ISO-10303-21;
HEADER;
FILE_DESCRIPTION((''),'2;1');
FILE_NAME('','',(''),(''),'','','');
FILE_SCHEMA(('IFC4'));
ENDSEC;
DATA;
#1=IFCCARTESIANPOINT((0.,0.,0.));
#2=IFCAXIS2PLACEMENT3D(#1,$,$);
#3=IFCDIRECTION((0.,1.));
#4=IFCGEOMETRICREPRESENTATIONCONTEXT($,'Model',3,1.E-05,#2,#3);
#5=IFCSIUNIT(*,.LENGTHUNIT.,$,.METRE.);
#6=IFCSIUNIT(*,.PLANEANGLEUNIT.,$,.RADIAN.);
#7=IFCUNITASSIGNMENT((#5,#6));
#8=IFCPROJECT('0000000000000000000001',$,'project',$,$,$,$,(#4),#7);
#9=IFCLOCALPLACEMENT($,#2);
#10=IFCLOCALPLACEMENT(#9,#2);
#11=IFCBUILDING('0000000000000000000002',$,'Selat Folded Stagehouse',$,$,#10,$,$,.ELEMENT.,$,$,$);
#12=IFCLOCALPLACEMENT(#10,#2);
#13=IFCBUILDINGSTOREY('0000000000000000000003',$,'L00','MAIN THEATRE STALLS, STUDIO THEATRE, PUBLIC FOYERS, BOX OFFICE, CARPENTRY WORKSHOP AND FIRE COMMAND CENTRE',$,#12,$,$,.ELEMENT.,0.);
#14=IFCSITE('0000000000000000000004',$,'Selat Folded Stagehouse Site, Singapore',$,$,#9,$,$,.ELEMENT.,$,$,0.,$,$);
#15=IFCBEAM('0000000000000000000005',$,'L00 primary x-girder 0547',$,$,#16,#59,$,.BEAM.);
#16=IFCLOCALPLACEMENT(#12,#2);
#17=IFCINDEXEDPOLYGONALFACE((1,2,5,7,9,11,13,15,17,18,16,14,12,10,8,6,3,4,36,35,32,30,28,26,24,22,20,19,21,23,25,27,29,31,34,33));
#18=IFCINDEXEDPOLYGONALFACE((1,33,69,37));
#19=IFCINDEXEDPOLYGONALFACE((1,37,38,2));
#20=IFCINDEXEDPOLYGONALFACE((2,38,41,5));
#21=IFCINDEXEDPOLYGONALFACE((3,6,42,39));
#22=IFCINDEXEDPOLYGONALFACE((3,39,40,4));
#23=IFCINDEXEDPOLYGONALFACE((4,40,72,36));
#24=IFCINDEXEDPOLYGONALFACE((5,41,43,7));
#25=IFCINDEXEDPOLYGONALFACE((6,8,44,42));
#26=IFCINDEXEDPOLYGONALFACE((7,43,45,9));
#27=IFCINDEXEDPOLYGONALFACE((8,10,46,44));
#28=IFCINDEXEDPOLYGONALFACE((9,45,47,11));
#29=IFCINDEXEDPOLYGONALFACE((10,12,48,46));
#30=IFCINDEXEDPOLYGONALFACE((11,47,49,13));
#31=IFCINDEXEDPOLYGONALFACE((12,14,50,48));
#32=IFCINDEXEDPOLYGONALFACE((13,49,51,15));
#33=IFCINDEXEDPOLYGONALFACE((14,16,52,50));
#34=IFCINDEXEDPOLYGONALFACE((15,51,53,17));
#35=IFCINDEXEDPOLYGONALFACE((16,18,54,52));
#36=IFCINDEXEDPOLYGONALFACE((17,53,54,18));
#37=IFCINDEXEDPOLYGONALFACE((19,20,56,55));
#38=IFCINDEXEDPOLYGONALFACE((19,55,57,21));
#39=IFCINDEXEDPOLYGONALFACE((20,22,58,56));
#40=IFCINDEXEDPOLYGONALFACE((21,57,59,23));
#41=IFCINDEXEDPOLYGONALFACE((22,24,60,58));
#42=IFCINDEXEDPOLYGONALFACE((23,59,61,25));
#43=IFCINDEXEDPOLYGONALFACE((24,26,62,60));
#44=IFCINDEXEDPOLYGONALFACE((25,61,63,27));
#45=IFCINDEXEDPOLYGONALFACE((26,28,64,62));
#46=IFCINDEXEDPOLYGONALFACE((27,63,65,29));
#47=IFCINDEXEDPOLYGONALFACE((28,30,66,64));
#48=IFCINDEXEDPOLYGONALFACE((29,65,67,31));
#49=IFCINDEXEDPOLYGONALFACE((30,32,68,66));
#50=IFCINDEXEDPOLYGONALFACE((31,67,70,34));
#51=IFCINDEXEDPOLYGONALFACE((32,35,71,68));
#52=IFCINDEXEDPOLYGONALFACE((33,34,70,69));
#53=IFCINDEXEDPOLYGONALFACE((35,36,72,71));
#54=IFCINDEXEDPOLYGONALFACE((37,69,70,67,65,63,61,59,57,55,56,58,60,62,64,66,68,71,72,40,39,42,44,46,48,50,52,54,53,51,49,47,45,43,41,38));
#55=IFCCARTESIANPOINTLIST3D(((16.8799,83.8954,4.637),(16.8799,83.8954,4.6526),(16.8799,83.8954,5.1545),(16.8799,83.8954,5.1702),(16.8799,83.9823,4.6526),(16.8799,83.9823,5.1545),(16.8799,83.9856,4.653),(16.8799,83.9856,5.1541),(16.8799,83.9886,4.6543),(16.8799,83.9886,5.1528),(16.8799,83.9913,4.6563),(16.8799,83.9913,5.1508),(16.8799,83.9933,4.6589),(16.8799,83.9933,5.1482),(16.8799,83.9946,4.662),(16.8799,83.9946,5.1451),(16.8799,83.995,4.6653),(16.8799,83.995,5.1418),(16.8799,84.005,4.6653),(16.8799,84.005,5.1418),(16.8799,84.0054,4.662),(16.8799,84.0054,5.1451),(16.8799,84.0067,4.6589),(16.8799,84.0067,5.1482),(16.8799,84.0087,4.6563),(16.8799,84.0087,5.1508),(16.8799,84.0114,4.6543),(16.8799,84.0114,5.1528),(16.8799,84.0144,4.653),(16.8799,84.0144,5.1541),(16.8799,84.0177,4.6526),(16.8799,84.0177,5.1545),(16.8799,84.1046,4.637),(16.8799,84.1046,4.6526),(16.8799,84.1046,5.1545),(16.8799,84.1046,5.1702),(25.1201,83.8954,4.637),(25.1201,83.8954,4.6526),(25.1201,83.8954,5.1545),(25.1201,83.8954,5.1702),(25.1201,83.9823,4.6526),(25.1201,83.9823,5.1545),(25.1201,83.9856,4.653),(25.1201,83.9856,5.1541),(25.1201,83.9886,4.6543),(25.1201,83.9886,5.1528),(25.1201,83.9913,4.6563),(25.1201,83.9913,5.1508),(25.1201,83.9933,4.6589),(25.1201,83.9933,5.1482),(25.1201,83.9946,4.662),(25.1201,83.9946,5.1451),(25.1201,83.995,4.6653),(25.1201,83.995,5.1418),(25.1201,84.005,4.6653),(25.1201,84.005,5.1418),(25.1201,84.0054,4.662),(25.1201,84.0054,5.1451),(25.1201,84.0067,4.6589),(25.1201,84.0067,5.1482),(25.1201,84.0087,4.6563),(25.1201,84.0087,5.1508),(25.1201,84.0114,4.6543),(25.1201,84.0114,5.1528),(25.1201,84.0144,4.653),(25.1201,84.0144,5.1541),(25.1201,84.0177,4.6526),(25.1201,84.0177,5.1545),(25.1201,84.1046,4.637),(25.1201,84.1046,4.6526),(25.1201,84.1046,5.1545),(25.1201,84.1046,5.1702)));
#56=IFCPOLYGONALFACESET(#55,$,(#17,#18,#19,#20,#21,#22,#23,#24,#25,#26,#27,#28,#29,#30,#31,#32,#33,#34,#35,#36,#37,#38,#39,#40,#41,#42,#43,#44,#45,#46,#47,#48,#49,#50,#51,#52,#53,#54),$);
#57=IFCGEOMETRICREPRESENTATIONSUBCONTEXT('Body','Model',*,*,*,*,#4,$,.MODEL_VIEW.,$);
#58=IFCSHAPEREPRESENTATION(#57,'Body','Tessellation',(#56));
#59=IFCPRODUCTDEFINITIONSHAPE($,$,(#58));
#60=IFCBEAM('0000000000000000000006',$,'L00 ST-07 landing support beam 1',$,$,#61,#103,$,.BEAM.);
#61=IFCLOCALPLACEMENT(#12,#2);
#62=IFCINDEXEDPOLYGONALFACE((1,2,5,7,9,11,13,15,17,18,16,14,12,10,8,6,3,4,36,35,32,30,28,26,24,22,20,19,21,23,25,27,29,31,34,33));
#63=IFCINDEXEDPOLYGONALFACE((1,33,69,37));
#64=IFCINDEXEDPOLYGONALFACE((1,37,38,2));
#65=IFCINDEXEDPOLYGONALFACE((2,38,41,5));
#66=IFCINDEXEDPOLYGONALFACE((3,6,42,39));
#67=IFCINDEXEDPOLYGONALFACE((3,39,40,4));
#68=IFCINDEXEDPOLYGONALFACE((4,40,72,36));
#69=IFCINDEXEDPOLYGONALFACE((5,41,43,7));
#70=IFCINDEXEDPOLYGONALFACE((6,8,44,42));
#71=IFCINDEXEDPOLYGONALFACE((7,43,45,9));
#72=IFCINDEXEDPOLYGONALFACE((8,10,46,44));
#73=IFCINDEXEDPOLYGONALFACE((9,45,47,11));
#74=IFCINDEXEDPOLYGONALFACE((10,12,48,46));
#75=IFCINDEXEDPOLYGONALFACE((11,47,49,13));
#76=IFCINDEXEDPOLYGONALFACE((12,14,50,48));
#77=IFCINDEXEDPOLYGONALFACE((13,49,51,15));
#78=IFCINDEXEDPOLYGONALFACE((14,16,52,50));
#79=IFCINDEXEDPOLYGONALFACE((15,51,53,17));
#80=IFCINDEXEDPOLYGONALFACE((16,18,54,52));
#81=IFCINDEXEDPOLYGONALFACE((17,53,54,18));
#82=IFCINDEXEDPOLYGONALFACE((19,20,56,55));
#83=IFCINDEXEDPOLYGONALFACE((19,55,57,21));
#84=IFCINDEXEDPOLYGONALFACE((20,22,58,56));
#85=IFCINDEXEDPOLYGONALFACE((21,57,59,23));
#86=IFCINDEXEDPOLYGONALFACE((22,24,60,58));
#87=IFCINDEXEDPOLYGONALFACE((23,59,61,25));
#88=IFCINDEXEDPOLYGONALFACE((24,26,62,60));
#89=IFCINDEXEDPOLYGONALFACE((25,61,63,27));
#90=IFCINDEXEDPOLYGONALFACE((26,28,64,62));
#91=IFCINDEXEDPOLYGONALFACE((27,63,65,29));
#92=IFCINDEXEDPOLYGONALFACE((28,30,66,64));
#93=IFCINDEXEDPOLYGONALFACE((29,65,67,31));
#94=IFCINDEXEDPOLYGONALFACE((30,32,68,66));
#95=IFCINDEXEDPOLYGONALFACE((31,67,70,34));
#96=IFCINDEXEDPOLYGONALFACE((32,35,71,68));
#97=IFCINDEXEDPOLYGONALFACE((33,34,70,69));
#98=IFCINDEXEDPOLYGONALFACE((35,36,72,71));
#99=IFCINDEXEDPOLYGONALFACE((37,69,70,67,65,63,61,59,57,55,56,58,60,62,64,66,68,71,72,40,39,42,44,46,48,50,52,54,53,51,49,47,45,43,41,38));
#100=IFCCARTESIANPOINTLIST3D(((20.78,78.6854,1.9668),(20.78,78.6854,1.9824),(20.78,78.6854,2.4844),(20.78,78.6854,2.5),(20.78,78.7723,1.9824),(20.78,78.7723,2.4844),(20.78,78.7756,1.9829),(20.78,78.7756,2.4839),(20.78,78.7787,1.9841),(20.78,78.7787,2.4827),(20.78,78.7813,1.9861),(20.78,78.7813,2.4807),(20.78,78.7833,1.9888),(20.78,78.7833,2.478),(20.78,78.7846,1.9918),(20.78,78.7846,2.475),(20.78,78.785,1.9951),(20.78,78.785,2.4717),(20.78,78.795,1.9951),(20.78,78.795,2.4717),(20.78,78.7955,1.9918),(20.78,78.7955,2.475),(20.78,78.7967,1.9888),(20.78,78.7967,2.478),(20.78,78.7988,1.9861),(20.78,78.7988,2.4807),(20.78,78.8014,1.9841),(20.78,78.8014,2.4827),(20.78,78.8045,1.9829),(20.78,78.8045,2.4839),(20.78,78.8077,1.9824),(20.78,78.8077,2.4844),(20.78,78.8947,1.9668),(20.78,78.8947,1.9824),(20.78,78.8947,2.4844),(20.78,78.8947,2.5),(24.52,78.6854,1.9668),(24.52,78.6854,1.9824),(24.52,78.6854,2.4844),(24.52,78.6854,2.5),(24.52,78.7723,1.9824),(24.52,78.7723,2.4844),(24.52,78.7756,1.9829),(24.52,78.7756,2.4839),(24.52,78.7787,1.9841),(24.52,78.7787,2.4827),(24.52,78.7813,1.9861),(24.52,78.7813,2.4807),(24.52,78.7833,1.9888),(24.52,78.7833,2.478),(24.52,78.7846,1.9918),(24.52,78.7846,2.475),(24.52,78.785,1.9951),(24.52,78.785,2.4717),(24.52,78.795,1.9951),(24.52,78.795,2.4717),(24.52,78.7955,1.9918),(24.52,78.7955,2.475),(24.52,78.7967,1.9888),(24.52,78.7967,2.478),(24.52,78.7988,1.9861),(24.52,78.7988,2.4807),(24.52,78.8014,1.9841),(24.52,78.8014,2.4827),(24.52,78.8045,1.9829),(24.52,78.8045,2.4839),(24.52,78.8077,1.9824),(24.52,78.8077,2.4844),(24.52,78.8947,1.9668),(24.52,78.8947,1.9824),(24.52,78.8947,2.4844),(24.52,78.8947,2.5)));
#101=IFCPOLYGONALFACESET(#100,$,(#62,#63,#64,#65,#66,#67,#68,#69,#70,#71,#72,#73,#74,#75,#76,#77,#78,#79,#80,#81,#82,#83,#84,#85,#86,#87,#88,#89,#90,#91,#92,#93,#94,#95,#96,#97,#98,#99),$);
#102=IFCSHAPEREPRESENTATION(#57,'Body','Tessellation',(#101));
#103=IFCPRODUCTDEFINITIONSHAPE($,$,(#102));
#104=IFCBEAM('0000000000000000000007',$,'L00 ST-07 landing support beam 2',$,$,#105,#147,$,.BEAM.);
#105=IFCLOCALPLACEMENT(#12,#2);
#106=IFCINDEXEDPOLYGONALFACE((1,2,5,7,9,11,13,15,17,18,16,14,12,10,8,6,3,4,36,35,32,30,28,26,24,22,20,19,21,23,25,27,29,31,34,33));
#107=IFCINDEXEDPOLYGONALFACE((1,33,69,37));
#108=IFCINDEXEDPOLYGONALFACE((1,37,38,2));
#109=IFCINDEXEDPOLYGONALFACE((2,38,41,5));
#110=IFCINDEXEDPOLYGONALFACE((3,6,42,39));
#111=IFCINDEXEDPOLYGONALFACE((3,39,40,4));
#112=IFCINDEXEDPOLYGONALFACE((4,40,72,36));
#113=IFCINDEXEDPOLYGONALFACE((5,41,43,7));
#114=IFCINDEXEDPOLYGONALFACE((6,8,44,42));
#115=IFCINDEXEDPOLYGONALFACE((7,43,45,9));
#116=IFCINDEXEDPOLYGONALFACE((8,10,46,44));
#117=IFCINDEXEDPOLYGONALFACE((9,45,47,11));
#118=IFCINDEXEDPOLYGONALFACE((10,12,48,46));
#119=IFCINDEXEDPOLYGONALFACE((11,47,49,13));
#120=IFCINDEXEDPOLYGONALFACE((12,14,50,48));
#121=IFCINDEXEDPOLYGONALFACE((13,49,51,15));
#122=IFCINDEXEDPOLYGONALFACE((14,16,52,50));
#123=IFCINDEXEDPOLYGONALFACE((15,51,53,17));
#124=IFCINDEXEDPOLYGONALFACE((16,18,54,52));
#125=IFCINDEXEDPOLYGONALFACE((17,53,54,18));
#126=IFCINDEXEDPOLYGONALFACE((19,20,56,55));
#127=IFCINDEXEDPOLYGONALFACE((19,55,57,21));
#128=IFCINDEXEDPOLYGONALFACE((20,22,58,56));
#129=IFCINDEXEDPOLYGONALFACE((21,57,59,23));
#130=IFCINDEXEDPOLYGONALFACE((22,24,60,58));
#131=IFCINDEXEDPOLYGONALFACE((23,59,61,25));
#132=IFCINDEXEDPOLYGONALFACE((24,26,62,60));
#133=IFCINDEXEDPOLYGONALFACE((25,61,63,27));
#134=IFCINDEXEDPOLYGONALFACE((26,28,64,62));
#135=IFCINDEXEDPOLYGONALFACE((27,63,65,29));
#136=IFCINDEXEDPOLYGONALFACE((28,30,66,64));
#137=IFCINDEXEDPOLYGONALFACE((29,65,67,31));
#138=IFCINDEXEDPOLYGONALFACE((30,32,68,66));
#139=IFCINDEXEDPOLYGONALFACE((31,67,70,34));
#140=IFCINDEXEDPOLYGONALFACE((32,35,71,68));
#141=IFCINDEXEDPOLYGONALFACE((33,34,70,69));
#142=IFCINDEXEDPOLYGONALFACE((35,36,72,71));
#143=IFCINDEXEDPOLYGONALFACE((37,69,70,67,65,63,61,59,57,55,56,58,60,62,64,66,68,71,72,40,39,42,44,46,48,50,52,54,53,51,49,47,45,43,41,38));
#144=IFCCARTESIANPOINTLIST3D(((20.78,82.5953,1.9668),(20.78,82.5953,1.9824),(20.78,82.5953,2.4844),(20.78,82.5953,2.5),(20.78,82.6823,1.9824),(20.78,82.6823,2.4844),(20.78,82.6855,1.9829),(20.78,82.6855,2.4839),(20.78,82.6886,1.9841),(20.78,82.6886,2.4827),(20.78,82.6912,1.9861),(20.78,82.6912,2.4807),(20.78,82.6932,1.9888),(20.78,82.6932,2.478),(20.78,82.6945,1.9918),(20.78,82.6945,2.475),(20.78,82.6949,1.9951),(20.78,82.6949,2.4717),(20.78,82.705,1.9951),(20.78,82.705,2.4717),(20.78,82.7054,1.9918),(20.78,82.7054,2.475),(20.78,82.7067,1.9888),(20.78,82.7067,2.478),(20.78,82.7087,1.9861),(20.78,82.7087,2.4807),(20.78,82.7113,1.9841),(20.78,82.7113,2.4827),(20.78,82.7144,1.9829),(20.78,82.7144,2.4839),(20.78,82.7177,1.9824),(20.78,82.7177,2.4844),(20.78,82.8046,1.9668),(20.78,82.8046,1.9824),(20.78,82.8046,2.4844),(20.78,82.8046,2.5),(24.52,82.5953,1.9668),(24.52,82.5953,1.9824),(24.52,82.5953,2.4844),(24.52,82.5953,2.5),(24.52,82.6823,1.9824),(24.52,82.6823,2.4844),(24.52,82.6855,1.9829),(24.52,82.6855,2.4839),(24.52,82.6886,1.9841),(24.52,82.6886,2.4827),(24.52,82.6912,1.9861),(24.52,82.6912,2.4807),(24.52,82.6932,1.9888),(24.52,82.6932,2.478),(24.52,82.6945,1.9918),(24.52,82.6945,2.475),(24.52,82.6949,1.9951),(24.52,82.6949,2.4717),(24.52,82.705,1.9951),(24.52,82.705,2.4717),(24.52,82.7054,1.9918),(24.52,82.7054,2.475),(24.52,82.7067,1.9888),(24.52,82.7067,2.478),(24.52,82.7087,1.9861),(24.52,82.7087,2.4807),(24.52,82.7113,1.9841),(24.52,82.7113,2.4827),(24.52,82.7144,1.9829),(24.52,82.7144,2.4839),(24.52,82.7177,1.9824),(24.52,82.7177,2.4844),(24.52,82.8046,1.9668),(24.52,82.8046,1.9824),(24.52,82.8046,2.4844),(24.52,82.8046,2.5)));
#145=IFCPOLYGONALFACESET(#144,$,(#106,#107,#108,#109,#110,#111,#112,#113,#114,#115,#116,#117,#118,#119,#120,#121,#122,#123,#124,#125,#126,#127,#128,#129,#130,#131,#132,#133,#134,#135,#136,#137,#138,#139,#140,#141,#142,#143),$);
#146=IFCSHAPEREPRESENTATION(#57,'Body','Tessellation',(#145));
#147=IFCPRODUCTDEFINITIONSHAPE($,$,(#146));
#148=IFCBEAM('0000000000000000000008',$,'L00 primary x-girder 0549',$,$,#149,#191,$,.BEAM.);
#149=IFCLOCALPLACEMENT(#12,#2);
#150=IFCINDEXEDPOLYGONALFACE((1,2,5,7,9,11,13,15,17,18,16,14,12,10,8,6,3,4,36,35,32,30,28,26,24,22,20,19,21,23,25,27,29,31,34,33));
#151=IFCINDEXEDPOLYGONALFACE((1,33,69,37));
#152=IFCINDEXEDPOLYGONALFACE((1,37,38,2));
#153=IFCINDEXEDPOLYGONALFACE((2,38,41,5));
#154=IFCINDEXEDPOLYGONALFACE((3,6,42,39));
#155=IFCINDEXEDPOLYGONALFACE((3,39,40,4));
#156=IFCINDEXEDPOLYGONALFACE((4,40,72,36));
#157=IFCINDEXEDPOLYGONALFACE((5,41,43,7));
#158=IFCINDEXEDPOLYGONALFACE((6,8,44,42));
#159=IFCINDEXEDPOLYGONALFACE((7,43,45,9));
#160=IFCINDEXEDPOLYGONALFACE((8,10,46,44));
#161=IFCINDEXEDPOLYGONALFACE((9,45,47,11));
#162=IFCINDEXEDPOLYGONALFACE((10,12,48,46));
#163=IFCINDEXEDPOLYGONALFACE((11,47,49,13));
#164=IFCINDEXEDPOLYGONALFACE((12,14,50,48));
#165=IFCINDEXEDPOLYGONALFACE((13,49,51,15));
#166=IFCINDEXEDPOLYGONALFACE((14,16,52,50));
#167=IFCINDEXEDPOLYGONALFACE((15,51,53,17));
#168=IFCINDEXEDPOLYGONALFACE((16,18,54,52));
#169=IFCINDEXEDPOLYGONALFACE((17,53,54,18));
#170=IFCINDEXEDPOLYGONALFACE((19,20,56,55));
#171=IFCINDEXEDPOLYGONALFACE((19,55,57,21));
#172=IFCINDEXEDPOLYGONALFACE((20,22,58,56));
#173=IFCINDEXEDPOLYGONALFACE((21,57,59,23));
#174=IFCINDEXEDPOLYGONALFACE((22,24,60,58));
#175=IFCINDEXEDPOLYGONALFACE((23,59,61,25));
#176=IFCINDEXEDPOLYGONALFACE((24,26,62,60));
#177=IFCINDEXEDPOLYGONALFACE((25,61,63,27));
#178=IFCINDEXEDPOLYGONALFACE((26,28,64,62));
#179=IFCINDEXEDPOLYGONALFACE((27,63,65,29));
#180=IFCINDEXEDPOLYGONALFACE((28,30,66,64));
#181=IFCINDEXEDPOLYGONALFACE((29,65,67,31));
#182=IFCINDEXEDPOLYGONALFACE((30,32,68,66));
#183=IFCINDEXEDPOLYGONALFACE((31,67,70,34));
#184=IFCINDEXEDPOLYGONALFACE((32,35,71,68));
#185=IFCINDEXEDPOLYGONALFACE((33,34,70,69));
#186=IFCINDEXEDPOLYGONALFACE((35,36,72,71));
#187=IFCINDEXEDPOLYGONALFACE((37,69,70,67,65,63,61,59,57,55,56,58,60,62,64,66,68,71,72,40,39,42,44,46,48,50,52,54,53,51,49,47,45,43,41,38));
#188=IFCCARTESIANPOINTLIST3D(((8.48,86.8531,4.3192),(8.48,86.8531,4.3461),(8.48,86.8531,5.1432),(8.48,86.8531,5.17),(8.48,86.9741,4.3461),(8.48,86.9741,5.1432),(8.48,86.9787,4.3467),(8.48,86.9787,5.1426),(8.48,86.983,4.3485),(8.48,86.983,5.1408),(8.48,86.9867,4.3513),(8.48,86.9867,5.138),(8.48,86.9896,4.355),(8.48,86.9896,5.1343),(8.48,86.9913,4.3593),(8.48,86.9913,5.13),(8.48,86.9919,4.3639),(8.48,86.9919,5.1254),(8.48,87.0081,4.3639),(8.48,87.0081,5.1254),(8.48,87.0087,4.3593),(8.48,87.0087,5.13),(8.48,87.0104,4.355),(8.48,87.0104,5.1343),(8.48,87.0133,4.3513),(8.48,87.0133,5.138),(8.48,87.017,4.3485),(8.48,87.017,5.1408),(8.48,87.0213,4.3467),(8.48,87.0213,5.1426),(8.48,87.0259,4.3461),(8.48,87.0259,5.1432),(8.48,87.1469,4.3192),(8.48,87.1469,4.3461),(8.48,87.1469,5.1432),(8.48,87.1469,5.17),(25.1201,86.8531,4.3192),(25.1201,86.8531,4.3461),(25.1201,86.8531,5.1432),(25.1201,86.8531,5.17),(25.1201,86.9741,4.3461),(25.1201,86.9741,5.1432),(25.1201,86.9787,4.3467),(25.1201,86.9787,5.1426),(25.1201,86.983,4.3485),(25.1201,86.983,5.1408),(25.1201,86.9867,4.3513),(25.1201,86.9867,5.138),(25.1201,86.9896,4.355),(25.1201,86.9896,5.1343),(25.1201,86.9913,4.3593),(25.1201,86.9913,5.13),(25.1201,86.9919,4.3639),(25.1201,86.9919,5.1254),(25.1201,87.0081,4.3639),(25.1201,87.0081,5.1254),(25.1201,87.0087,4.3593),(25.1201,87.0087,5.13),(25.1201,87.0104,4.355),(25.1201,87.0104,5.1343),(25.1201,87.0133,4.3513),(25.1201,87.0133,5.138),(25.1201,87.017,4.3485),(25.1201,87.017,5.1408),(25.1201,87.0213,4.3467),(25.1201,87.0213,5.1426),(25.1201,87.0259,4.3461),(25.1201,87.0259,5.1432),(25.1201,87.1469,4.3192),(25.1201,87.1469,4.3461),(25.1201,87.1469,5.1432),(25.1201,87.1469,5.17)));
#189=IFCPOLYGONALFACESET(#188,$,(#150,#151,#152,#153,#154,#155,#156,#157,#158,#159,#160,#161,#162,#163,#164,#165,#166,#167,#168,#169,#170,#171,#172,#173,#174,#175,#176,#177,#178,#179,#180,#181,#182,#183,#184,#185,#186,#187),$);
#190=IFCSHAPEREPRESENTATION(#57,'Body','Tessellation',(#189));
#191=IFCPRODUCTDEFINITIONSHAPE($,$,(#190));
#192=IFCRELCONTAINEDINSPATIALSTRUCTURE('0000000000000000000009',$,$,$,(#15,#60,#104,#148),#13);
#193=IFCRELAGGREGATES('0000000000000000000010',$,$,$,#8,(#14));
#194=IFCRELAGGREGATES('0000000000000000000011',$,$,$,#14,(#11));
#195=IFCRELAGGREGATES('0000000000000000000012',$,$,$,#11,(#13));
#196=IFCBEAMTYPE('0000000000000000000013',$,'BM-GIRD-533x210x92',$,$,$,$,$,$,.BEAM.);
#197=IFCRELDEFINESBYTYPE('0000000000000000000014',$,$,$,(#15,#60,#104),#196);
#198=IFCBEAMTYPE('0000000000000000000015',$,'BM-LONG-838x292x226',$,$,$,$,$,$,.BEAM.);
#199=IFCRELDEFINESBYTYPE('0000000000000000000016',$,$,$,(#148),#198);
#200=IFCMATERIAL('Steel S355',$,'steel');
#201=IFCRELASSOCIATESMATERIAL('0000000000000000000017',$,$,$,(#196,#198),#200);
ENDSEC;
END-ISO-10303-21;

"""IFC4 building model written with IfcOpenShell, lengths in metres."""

from ifc_helpers import new_model, si_unit, direction, frame, origin, origin_2d, place, context, subcontext, project, spatial, i_section, extrude, material, material_profile, profile_set, type_object, element, save


model = new_model("IFC4")

# Units and contexts
model_context = context("Model", 3, precision=1e-05, world=origin(), true_north=direction((0.0, 1.0)))
body_context = subcontext(model_context, "Body", "Model", "MODEL_VIEW")
ifc_project = project(units=[si_unit("LENGTHUNIT", "METRE"), si_unit("PLANEANGLEUNIT", "RADIAN")], contexts=[model_context])

# Site, building, storey
site_placement = place(None, origin())
site = spatial("IfcSite", under=ifc_project, at=site_placement, Name="Selat Folded Stagehouse Site, Singapore", CompositionType="ELEMENT", RefElevation=0.0)
building_placement = place(site_placement, origin())
building = spatial("IfcBuilding", under=site, at=building_placement, Name="Selat Folded Stagehouse", CompositionType="ELEMENT")
storey_placement = place(building_placement, origin())
storey = spatial("IfcBuildingStorey", under=building, at=storey_placement, Name="L00", Description="MAIN THEATRE STALLS, STUDIO THEATRE, PUBLIC FOYERS, BOX OFFICE, CARPENTRY WORKSHOP AND FIRE COMMAND CENTRE", CompositionType="ELEMENT", Elevation=0.0)

# Shared definitions
ifc_material_1 = material(Name="Steel S355", Category="steel")

# Beams
ifc_material_profile_1 = material_profile(ifc_material_1, i_section(OverallWidth=0.2092, OverallDepth=0.5332, WebThickness=0.01, FlangeThickness=0.0156, FilletRadius=0.0127, at=origin_2d()), Name="UKB 533x210x92")
ifc_profile_set_1 = profile_set([ifc_material_profile_1], Name="Steel S355")
beam_type_1 = type_object("IfcBeamType", Name="BM-GIRD-533x210x92", PredefinedType="BEAM", material=ifc_profile_set_1)
beam_1_placement = place(storey_placement, frame((16.8799, 84.0, 4.9036), z_axis=(1.0, 0.0, 0.0), x_axis=(0.0, 1.0, 0.0)))
element("IfcBeam", 1, at=beam_1_placement, inside=storey, type_object=beam_type_1, Name="L00 primary x-girder 0547", PredefinedType="BEAM", context=body_context, shape_type="SweptSolid", body=[
    extrude(i_section(OverallWidth=0.2092, OverallDepth=0.5332, WebThickness=0.01, FlangeThickness=0.0156, FilletRadius=0.0127, at=origin_2d()), origin(), (0.0, 0.0, 1.0), 8.2402),
])
for number, where, z_axis, x_axis, name in (
    (2, (20.78, 78.79, 2.2334), (1.0, 0.0, 0.0), (0.0, 1.0, 0.0), "L00 ST-07 landing support beam 1"),
    (3, (20.78, 82.7, 2.2334), (1.0, 0.0, 0.0), (0.0, 1.0, 0.0), "L00 ST-07 landing support beam 2"),
):
    element("IfcBeam", number, at=place(storey_placement, frame(where, z_axis=z_axis, x_axis=x_axis)), inside=storey, type_object=beam_type_1, Name=name, PredefinedType="BEAM", context=body_context, shape_type="SweptSolid", body=[
        extrude(i_section(OverallWidth=0.2092, OverallDepth=0.5332, WebThickness=0.01, FlangeThickness=0.0156, FilletRadius=0.0127, at=origin_2d()), origin(), (0.0, 0.0, 1.0), 3.74),
    ])
ifc_material_profile_2 = material_profile(ifc_material_1, i_section(OverallWidth=0.2937, OverallDepth=0.8508, WebThickness=0.0161, FlangeThickness=0.0269, FilletRadius=0.0178, at=origin_2d()), Name="UKB 838x292x226")
ifc_profile_set_2 = profile_set([ifc_material_profile_2], Name="Steel S355")
beam_type_2 = type_object("IfcBeamType", Name="BM-LONG-838x292x226", PredefinedType="BEAM", material=ifc_profile_set_2)
beam_2_placement = place(storey_placement, frame((8.48, 87.0, 4.7446), z_axis=(1.0, 0.0, 0.0), x_axis=(0.0, 1.0, 0.0)))
element("IfcBeam", 4, at=beam_2_placement, inside=storey, type_object=beam_type_2, Name="L00 primary x-girder 0549", PredefinedType="BEAM", context=body_context, shape_type="SweptSolid", body=[
    extrude(i_section(OverallWidth=0.2937, OverallDepth=0.8508, WebThickness=0.0161, FlangeThickness=0.0269, FilletRadius=0.0178, at=origin_2d()), origin(), (0.0, 0.0, 1.0), 16.6401),
])

save(model, "model.ifc")
